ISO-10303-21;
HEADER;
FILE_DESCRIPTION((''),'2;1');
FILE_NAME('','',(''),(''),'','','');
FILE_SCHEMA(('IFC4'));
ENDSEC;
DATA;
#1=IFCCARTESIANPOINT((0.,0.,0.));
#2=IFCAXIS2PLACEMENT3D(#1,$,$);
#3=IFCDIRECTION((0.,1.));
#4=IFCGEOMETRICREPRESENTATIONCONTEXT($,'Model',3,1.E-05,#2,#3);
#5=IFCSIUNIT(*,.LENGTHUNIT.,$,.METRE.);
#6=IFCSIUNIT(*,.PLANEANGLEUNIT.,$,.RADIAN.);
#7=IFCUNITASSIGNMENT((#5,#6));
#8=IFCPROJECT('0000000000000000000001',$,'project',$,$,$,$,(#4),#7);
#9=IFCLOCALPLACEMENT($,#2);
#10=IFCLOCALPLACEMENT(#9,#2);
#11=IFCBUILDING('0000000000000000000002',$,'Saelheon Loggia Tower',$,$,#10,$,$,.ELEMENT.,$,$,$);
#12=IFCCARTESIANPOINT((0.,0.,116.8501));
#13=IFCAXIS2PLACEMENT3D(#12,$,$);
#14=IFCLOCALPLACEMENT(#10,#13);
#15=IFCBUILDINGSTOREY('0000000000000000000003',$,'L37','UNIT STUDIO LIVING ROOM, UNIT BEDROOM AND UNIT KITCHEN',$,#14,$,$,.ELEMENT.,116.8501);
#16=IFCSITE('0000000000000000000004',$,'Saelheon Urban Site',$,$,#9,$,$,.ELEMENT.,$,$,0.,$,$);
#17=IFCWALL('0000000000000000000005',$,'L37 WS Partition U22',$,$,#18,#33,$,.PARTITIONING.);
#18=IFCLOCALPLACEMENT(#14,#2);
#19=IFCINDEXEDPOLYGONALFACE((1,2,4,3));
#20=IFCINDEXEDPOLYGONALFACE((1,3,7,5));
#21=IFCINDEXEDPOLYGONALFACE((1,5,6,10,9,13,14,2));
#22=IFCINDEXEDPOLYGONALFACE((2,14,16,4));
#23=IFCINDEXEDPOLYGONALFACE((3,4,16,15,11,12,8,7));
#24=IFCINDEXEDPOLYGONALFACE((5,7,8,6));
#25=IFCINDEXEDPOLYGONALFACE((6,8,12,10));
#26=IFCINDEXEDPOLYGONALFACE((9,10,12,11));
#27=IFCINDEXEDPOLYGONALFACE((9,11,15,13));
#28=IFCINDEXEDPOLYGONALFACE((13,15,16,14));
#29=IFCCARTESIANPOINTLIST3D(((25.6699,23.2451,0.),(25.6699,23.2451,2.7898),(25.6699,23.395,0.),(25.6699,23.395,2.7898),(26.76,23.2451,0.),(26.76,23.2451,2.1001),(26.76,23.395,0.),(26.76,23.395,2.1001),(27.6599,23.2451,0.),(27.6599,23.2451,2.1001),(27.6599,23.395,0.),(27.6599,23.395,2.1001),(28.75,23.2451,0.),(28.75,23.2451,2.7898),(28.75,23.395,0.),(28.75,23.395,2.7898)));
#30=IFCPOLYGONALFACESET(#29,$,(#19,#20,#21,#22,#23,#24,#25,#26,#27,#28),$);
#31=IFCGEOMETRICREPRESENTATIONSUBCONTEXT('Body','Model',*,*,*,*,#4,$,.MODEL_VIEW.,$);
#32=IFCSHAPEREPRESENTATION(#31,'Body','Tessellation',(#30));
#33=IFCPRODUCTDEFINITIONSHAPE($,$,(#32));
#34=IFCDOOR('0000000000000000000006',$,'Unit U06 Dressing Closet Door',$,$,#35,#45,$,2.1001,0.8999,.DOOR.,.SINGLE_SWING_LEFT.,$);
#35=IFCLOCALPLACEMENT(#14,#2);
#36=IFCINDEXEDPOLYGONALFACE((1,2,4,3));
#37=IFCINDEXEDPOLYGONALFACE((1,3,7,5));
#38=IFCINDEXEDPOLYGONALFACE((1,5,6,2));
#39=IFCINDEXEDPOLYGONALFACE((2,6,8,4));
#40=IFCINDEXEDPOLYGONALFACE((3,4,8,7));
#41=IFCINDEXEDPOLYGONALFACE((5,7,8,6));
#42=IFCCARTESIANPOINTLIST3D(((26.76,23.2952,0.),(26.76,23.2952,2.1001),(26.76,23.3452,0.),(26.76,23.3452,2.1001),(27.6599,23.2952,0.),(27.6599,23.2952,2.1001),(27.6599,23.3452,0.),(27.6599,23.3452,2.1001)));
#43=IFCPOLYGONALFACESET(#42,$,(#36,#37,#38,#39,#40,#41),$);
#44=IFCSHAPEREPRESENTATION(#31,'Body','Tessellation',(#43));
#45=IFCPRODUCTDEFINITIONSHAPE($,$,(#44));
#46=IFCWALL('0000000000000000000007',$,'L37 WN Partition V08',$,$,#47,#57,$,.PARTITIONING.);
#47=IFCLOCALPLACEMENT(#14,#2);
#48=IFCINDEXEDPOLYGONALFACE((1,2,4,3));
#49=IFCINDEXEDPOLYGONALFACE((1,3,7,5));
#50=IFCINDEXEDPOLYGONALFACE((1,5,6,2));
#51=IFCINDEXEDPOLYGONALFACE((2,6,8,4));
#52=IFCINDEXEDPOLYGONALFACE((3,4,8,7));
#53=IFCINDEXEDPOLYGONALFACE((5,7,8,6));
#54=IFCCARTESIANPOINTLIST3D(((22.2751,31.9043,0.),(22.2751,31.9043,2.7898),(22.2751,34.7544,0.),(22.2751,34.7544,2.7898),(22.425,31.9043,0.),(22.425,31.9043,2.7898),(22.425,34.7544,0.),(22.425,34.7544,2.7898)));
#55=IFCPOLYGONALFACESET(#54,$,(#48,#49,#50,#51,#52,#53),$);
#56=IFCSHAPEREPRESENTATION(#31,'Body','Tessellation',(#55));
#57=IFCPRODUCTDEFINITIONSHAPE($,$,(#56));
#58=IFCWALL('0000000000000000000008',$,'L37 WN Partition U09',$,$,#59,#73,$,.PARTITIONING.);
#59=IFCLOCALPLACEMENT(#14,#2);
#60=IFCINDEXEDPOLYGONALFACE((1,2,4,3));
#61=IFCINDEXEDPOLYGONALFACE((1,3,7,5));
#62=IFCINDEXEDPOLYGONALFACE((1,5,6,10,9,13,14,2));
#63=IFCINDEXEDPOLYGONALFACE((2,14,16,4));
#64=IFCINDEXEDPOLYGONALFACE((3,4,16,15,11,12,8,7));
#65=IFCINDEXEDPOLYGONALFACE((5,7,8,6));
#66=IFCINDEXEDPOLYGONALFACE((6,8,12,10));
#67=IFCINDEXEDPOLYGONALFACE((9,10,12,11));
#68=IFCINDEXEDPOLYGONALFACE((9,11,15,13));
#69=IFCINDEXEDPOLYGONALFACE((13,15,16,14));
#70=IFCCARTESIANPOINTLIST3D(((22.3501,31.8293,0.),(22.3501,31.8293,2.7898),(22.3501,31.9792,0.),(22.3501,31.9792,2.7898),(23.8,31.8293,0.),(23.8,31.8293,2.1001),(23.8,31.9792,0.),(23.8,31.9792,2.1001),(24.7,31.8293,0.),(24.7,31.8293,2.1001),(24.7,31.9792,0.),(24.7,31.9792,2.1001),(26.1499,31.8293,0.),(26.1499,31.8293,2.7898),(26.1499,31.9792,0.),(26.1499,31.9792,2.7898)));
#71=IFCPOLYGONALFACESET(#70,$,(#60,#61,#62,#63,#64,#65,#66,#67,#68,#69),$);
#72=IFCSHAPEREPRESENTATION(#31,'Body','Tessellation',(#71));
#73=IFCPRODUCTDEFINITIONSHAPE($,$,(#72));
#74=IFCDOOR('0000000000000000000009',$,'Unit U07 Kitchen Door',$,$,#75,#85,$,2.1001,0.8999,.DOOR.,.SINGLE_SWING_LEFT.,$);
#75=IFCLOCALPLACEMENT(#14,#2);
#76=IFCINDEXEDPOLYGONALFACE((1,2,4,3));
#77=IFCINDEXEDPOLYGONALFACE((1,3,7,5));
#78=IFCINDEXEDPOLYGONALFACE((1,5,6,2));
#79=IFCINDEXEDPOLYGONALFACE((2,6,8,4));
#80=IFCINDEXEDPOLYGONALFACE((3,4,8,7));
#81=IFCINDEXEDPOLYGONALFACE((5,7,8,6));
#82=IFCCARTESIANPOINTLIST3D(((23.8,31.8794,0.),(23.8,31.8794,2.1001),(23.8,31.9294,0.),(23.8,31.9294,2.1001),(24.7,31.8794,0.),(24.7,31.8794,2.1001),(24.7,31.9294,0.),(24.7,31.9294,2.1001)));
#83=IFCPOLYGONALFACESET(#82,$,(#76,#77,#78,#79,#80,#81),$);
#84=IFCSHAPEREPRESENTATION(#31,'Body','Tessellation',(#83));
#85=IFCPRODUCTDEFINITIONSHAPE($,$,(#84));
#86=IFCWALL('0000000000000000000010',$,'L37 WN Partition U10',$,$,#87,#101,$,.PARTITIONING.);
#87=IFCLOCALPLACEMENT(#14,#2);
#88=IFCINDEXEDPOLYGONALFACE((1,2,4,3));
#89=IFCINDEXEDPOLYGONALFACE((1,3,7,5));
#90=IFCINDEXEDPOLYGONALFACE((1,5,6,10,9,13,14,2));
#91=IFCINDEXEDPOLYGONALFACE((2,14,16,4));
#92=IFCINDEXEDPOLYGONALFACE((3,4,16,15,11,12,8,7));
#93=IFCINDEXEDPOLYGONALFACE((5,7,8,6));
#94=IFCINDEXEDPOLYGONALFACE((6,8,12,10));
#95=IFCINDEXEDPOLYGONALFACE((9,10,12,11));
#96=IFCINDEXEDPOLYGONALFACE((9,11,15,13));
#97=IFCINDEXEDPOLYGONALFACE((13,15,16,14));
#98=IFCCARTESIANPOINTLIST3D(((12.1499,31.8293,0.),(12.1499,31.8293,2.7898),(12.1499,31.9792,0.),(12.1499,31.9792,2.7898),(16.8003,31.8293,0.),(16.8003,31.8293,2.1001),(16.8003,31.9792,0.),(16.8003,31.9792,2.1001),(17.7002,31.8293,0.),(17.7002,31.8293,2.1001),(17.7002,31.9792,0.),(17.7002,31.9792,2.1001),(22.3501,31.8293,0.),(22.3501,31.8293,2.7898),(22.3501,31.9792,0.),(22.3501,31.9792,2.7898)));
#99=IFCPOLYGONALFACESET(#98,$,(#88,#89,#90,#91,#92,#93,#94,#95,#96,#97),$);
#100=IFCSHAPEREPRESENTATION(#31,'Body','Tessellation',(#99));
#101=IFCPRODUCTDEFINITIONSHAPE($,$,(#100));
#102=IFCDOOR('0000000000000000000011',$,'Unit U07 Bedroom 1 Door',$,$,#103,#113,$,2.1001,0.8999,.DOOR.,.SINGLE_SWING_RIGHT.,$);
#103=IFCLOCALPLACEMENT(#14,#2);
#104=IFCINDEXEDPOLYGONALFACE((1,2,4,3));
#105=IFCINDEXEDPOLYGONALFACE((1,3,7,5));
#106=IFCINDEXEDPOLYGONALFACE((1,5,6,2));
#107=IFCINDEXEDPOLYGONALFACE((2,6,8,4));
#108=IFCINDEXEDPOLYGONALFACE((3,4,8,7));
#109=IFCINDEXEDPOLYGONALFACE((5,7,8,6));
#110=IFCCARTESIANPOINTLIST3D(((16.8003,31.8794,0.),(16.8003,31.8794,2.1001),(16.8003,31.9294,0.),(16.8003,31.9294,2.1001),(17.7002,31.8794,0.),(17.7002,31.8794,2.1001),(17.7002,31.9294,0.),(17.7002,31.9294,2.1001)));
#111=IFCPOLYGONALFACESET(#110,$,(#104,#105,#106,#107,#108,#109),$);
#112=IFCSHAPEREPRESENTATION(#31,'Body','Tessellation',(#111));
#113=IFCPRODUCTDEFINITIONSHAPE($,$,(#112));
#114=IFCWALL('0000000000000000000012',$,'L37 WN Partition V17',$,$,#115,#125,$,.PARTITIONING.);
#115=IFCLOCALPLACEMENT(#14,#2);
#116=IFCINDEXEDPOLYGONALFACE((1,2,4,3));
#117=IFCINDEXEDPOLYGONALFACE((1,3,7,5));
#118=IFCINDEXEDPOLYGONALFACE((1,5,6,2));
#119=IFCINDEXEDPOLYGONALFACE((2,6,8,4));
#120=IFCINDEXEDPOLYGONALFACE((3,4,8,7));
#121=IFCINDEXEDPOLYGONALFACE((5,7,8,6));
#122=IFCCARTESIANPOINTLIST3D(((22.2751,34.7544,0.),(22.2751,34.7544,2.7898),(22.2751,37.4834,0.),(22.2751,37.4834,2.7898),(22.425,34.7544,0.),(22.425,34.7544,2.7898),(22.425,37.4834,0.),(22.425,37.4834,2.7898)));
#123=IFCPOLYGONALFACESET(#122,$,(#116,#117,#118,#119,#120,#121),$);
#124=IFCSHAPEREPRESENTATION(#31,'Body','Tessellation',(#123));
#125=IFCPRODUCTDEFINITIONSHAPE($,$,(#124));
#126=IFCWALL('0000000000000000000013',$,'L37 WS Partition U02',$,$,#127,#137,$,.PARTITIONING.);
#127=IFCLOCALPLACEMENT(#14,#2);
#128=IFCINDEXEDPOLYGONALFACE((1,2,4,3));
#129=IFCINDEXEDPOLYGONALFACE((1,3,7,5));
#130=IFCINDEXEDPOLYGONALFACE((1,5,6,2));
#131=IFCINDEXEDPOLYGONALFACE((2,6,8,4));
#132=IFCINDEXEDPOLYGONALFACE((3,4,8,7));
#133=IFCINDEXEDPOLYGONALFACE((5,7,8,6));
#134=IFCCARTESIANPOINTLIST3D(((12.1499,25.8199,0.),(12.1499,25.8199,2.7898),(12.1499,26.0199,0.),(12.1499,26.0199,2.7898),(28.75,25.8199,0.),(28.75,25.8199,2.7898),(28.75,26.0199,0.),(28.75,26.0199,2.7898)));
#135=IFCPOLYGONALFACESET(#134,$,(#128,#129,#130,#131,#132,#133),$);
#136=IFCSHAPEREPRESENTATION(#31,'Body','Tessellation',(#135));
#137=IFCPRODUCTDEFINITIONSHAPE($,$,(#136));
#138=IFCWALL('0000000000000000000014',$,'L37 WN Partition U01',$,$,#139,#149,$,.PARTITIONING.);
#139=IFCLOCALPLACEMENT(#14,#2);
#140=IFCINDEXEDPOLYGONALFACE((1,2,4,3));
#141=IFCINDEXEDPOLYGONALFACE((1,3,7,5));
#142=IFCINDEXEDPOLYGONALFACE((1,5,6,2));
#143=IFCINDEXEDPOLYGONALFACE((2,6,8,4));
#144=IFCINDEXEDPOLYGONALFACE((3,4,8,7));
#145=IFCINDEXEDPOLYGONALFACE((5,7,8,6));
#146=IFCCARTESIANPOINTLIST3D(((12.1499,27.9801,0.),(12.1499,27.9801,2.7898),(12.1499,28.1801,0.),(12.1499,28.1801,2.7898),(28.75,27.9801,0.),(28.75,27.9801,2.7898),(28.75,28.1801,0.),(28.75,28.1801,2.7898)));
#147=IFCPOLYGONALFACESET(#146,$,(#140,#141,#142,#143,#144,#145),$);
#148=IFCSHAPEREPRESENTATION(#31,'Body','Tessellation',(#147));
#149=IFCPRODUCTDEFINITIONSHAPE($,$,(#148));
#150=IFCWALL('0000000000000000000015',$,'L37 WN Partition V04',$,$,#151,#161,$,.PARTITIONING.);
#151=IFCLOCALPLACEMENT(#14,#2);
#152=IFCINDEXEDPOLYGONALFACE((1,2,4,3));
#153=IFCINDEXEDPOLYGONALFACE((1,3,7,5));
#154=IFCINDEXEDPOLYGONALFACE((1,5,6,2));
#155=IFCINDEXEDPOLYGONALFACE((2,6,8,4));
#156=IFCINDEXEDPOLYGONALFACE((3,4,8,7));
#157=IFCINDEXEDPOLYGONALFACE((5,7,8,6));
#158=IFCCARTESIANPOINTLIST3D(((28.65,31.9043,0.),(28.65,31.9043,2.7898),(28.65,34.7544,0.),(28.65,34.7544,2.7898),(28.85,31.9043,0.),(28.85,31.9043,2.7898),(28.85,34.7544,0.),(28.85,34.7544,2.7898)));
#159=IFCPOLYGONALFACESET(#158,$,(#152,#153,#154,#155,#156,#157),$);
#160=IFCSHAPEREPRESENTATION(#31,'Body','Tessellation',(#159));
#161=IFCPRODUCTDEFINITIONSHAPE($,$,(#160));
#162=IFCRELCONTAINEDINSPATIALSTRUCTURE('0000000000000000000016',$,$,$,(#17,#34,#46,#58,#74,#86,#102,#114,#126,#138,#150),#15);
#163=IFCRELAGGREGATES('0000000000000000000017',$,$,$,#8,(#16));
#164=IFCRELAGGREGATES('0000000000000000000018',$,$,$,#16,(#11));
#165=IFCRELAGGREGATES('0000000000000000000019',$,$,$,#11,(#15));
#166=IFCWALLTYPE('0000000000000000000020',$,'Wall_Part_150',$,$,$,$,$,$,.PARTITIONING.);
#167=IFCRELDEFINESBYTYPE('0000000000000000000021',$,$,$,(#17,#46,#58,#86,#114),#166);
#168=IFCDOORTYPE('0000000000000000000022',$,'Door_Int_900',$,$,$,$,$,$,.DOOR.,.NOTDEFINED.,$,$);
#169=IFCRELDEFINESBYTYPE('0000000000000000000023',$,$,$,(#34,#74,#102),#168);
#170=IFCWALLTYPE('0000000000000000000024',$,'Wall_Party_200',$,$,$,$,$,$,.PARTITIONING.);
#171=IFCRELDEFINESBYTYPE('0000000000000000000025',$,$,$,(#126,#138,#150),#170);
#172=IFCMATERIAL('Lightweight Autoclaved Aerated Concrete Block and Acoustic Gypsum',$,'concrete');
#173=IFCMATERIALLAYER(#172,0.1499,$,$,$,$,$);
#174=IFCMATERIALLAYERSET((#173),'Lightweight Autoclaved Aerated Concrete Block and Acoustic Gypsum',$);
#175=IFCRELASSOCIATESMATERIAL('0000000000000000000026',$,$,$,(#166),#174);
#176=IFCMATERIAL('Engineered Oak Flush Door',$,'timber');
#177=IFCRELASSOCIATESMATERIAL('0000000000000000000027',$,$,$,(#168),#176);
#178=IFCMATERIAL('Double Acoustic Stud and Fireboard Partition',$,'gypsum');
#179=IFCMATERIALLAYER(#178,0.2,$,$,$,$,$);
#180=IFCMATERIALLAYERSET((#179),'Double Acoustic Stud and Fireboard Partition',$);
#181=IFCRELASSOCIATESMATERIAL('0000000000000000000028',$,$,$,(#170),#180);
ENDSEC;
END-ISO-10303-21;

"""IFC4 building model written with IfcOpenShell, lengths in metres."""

from ifc_helpers import new_model, si_unit, direction, frame, frame_2d, origin, place, context, subcontext, project, spatial, rectangle, extrude, source, transform, mapped, material, layer, layer_set, type_object, element, fill, save


model = new_model("IFC4")

# Units and contexts
model_context = context("Model", 3, precision=1e-05, world=origin(), true_north=direction((0.0, 1.0)))
body_context = subcontext(model_context, "Body", "Model", "MODEL_VIEW")
ifc_project = project(units=[si_unit("LENGTHUNIT", "METRE"), si_unit("PLANEANGLEUNIT", "RADIAN")], contexts=[model_context])

# Site, building, storey
site_placement = place(None, origin())
site = spatial("IfcSite", under=ifc_project, at=site_placement, Name="Saelheon Urban Site", CompositionType="ELEMENT", RefElevation=0.0)
building_placement = place(site_placement, origin())
building = spatial("IfcBuilding", under=site, at=building_placement, Name="Saelheon Loggia Tower", CompositionType="ELEMENT")
storey_placement = place(building_placement, frame((0.0, 0.0, 116.8501)))
storey = spatial("IfcBuildingStorey", under=building, at=storey_placement, Name="L37", Description="UNIT STUDIO LIVING ROOM, UNIT BEDROOM AND UNIT KITCHEN", CompositionType="ELEMENT", Elevation=116.8501)

# Wall, opening, door
ifc_material_1 = material(Name="Lightweight Autoclaved Aerated Concrete Block and Acoustic Gypsum", Category="concrete")
ifc_layer_1 = layer(ifc_material_1, 0.1499)
ifc_layer_set_1 = layer_set([ifc_layer_1], Name="Lightweight Autoclaved Aerated Concrete Block and Acoustic Gypsum")
wall_type_1 = type_object("IfcWallType", Name="Wall_Part_150", PredefinedType="PARTITIONING", material=ifc_layer_set_1)
wall_1_placement = place(storey_placement, frame((28.75, 23.3201, 0.0), z_axis=(0.0, 0.0, 1.0), x_axis=(-1.0, 0.0, 0.0)))
wall_1 = element("IfcWall", 1, at=wall_1_placement, inside=storey, type_object=wall_type_1, Name="L37 WS Partition U22", PredefinedType="PARTITIONING", context=body_context, shape_type="SweptSolid", body=[
    extrude(rectangle(XDim=3.0801, YDim=0.1499, at=frame_2d((1.54, 0.0))), origin(), (0.0, 0.0, 1.0), 2.7898),
])
opening_1_placement = place(wall_1_placement, frame((1.0901, 0.0, 0.0)))
opening_1 = element("IfcOpeningElement", 2, at=opening_1_placement, cuts=wall_1, PredefinedType="OPENING", context=body_context, shape_type="SweptSolid", body=[
    extrude(rectangle(XDim=0.8999, YDim=2.1001, at=frame_2d((0.45, 1.05))), frame((0.0, 0.0869, 0.0), z_axis=(0.0, -1.0, 0.0), x_axis=(1.0, 0.0, 0.0)), (0.0, 0.0, 1.0), 0.1738),
])
ifc_material_2 = material(Name="Engineered Oak Flush Door", Category="timber")
door_type_1 = type_object("IfcDoorType", Name="Door_Int_900", OperationType="NOTDEFINED", PredefinedType="DOOR", material=ifc_material_2)
shared_shape_1 = source(origin(), body_context, "Body", "SweptSolid", [
    extrude(rectangle(XDim=0.8999, YDim=2.1001, at=frame_2d((0.45, 1.05))), frame((0.0, 0.0249, 0.0), z_axis=(0.0, -1.0, 0.0), x_axis=(1.0, 0.0, 0.0)), (0.0, 0.0, 1.0), 0.05),
])
door_1_placement = place(opening_1_placement, origin())
door_1 = element("IfcDoor", 3, at=door_1_placement, inside=storey, type_object=door_type_1, Name="Unit U06 Dressing Closet Door", OperationType="SINGLE_SWING_LEFT", OverallHeight=2.1001, OverallWidth=0.8999, PredefinedType="DOOR", context=body_context, shape_type="MappedRepresentation", body=[
    mapped(shared_shape_1, transform((0.0, 0.0, 0.0), scale=1.0)),
])
fill(opening_1, door_1)

# Wall
wall_2_placement = place(storey_placement, frame((22.3501, 31.9043, 0.0), z_axis=(0.0, 0.0, 1.0), x_axis=(0.0, 1.0, 0.0)))
element("IfcWall", 4, at=wall_2_placement, inside=storey, type_object=wall_type_1, Name="L37 WN Partition V08", PredefinedType="PARTITIONING", context=body_context, shape_type="SweptSolid", body=[
    extrude(rectangle(XDim=2.8501, YDim=0.1499, at=frame_2d((1.425, 0.0))), origin(), (0.0, 0.0, 1.0), 2.7898),
])

# Walls, openings, doors
wall_3_placement = place(storey_placement, frame((26.1499, 31.9043, 0.0), z_axis=(0.0, 0.0, 1.0), x_axis=(-1.0, 0.0, 0.0)))
wall_3 = element("IfcWall", 5, at=wall_3_placement, inside=storey, type_object=wall_type_1, Name="L37 WN Partition U09", PredefinedType="PARTITIONING", context=body_context, shape_type="SweptSolid", body=[
    extrude(rectangle(XDim=3.7998, YDim=0.1499, at=frame_2d((1.8999, 0.0))), origin(), (0.0, 0.0, 1.0), 2.7898),
])
opening_2_placement = place(wall_3_placement, frame((1.45, 0.0, 0.0)))
opening_2 = element("IfcOpeningElement", 6, at=opening_2_placement, cuts=wall_3, PredefinedType="OPENING", context=body_context, shape_type="SweptSolid", body=[
    extrude(rectangle(XDim=0.8999, YDim=2.1001, at=frame_2d((0.45, 1.05))), frame((0.0, 0.0869, 0.0), z_axis=(0.0, -1.0, 0.0), x_axis=(1.0, 0.0, 0.0)), (0.0, 0.0, 1.0), 0.1738),
])
door_2_placement = place(opening_2_placement, origin())
door_2 = element("IfcDoor", 7, at=door_2_placement, inside=storey, type_object=door_type_1, Name="Unit U07 Kitchen Door", OperationType="SINGLE_SWING_LEFT", OverallHeight=2.1001, OverallWidth=0.8999, PredefinedType="DOOR", context=body_context, shape_type="MappedRepresentation", body=[
    mapped(shared_shape_1, transform((0.0, 0.0, 0.0), scale=1.0)),
])
fill(opening_2, door_2)
wall_4_placement = place(storey_placement, frame((22.3501, 31.9043, 0.0), z_axis=(0.0, 0.0, 1.0), x_axis=(-1.0, 0.0, 0.0)))
wall_4 = element("IfcWall", 8, at=wall_4_placement, inside=storey, type_object=wall_type_1, Name="L37 WN Partition U10", PredefinedType="PARTITIONING", context=body_context, shape_type="SweptSolid", body=[
    extrude(rectangle(XDim=10.2002, YDim=0.1499, at=frame_2d((5.1001, 0.0))), origin(), (0.0, 0.0, 1.0), 2.7898),
])
opening_3_placement = place(wall_4_placement, frame((4.6499, 0.0, 0.0)))
opening_3 = element("IfcOpeningElement", 9, at=opening_3_placement, cuts=wall_4, PredefinedType="OPENING", context=body_context, shape_type="SweptSolid", body=[
    extrude(rectangle(XDim=0.8999, YDim=2.1001, at=frame_2d((0.45, 1.05))), frame((0.0, 0.0869, 0.0), z_axis=(0.0, -1.0, 0.0), x_axis=(1.0, 0.0, 0.0)), (0.0, 0.0, 1.0), 0.1738),
])
door_3_placement = place(opening_3_placement, origin())
door_3 = element("IfcDoor", 10, at=door_3_placement, inside=storey, type_object=door_type_1, Name="Unit U07 Bedroom 1 Door", OperationType="SINGLE_SWING_RIGHT", OverallHeight=2.1001, OverallWidth=0.8999, PredefinedType="DOOR", context=body_context, shape_type="MappedRepresentation", body=[
    mapped(shared_shape_1, transform((0.0, 0.0, 0.0), scale=1.0)),
])
fill(opening_3, door_3)

# Walls
wall_5_placement = place(storey_placement, frame((22.3501, 34.7544, 0.0), z_axis=(0.0, 0.0, 1.0), x_axis=(0.0, 1.0, 0.0)))
element("IfcWall", 11, at=wall_5_placement, inside=storey, type_object=wall_type_1, Name="L37 WN Partition V17", PredefinedType="PARTITIONING", context=body_context, shape_type="SweptSolid", body=[
    extrude(rectangle(XDim=2.729, YDim=0.1499, at=frame_2d((1.3645, 0.0))), origin(), (0.0, 0.0, 1.0), 2.7898),
])
ifc_material_3 = material(Name="Double Acoustic Stud and Fireboard Partition", Category="gypsum")
ifc_layer_2 = layer(ifc_material_3, 0.2)
ifc_layer_set_2 = layer_set([ifc_layer_2], Name="Double Acoustic Stud and Fireboard Partition")
wall_type_2 = type_object("IfcWallType", Name="Wall_Party_200", PredefinedType="PARTITIONING", material=ifc_layer_set_2)
for number, where, z_axis, x_axis, name in (
    (12, (28.75, 25.9199, 0.0), (0.0, 0.0, 1.0), (-1.0, 0.0, 0.0), "L37 WS Partition U02"),
    (13, (28.75, 28.0801, 0.0), (0.0, 0.0, 1.0), (-1.0, 0.0, 0.0), "L37 WN Partition U01"),
):
    element("IfcWall", number, at=place(storey_placement, frame(where, z_axis=z_axis, x_axis=x_axis)), inside=storey, type_object=wall_type_2, Name=name, PredefinedType="PARTITIONING", context=body_context, shape_type="SweptSolid", body=[
        extrude(rectangle(XDim=16.6001, YDim=0.2, at=frame_2d((8.3, 0.0))), origin(), (0.0, 0.0, 1.0), 2.7898),
    ])

# Wall
wall_6_placement = place(storey_placement, frame((28.75, 31.9043, 0.0), z_axis=(0.0, 0.0, 1.0), x_axis=(0.0, 1.0, 0.0)))
element("IfcWall", 14, at=wall_6_placement, inside=storey, type_object=wall_type_2, Name="L37 WN Partition V04", PredefinedType="PARTITIONING", context=body_context, shape_type="SweptSolid", body=[
    extrude(rectangle(XDim=2.8501, YDim=0.2, at=frame_2d((1.425, 0.0))), origin(), (0.0, 0.0, 1.0), 2.7898),
])

save(model, "model.ifc")
